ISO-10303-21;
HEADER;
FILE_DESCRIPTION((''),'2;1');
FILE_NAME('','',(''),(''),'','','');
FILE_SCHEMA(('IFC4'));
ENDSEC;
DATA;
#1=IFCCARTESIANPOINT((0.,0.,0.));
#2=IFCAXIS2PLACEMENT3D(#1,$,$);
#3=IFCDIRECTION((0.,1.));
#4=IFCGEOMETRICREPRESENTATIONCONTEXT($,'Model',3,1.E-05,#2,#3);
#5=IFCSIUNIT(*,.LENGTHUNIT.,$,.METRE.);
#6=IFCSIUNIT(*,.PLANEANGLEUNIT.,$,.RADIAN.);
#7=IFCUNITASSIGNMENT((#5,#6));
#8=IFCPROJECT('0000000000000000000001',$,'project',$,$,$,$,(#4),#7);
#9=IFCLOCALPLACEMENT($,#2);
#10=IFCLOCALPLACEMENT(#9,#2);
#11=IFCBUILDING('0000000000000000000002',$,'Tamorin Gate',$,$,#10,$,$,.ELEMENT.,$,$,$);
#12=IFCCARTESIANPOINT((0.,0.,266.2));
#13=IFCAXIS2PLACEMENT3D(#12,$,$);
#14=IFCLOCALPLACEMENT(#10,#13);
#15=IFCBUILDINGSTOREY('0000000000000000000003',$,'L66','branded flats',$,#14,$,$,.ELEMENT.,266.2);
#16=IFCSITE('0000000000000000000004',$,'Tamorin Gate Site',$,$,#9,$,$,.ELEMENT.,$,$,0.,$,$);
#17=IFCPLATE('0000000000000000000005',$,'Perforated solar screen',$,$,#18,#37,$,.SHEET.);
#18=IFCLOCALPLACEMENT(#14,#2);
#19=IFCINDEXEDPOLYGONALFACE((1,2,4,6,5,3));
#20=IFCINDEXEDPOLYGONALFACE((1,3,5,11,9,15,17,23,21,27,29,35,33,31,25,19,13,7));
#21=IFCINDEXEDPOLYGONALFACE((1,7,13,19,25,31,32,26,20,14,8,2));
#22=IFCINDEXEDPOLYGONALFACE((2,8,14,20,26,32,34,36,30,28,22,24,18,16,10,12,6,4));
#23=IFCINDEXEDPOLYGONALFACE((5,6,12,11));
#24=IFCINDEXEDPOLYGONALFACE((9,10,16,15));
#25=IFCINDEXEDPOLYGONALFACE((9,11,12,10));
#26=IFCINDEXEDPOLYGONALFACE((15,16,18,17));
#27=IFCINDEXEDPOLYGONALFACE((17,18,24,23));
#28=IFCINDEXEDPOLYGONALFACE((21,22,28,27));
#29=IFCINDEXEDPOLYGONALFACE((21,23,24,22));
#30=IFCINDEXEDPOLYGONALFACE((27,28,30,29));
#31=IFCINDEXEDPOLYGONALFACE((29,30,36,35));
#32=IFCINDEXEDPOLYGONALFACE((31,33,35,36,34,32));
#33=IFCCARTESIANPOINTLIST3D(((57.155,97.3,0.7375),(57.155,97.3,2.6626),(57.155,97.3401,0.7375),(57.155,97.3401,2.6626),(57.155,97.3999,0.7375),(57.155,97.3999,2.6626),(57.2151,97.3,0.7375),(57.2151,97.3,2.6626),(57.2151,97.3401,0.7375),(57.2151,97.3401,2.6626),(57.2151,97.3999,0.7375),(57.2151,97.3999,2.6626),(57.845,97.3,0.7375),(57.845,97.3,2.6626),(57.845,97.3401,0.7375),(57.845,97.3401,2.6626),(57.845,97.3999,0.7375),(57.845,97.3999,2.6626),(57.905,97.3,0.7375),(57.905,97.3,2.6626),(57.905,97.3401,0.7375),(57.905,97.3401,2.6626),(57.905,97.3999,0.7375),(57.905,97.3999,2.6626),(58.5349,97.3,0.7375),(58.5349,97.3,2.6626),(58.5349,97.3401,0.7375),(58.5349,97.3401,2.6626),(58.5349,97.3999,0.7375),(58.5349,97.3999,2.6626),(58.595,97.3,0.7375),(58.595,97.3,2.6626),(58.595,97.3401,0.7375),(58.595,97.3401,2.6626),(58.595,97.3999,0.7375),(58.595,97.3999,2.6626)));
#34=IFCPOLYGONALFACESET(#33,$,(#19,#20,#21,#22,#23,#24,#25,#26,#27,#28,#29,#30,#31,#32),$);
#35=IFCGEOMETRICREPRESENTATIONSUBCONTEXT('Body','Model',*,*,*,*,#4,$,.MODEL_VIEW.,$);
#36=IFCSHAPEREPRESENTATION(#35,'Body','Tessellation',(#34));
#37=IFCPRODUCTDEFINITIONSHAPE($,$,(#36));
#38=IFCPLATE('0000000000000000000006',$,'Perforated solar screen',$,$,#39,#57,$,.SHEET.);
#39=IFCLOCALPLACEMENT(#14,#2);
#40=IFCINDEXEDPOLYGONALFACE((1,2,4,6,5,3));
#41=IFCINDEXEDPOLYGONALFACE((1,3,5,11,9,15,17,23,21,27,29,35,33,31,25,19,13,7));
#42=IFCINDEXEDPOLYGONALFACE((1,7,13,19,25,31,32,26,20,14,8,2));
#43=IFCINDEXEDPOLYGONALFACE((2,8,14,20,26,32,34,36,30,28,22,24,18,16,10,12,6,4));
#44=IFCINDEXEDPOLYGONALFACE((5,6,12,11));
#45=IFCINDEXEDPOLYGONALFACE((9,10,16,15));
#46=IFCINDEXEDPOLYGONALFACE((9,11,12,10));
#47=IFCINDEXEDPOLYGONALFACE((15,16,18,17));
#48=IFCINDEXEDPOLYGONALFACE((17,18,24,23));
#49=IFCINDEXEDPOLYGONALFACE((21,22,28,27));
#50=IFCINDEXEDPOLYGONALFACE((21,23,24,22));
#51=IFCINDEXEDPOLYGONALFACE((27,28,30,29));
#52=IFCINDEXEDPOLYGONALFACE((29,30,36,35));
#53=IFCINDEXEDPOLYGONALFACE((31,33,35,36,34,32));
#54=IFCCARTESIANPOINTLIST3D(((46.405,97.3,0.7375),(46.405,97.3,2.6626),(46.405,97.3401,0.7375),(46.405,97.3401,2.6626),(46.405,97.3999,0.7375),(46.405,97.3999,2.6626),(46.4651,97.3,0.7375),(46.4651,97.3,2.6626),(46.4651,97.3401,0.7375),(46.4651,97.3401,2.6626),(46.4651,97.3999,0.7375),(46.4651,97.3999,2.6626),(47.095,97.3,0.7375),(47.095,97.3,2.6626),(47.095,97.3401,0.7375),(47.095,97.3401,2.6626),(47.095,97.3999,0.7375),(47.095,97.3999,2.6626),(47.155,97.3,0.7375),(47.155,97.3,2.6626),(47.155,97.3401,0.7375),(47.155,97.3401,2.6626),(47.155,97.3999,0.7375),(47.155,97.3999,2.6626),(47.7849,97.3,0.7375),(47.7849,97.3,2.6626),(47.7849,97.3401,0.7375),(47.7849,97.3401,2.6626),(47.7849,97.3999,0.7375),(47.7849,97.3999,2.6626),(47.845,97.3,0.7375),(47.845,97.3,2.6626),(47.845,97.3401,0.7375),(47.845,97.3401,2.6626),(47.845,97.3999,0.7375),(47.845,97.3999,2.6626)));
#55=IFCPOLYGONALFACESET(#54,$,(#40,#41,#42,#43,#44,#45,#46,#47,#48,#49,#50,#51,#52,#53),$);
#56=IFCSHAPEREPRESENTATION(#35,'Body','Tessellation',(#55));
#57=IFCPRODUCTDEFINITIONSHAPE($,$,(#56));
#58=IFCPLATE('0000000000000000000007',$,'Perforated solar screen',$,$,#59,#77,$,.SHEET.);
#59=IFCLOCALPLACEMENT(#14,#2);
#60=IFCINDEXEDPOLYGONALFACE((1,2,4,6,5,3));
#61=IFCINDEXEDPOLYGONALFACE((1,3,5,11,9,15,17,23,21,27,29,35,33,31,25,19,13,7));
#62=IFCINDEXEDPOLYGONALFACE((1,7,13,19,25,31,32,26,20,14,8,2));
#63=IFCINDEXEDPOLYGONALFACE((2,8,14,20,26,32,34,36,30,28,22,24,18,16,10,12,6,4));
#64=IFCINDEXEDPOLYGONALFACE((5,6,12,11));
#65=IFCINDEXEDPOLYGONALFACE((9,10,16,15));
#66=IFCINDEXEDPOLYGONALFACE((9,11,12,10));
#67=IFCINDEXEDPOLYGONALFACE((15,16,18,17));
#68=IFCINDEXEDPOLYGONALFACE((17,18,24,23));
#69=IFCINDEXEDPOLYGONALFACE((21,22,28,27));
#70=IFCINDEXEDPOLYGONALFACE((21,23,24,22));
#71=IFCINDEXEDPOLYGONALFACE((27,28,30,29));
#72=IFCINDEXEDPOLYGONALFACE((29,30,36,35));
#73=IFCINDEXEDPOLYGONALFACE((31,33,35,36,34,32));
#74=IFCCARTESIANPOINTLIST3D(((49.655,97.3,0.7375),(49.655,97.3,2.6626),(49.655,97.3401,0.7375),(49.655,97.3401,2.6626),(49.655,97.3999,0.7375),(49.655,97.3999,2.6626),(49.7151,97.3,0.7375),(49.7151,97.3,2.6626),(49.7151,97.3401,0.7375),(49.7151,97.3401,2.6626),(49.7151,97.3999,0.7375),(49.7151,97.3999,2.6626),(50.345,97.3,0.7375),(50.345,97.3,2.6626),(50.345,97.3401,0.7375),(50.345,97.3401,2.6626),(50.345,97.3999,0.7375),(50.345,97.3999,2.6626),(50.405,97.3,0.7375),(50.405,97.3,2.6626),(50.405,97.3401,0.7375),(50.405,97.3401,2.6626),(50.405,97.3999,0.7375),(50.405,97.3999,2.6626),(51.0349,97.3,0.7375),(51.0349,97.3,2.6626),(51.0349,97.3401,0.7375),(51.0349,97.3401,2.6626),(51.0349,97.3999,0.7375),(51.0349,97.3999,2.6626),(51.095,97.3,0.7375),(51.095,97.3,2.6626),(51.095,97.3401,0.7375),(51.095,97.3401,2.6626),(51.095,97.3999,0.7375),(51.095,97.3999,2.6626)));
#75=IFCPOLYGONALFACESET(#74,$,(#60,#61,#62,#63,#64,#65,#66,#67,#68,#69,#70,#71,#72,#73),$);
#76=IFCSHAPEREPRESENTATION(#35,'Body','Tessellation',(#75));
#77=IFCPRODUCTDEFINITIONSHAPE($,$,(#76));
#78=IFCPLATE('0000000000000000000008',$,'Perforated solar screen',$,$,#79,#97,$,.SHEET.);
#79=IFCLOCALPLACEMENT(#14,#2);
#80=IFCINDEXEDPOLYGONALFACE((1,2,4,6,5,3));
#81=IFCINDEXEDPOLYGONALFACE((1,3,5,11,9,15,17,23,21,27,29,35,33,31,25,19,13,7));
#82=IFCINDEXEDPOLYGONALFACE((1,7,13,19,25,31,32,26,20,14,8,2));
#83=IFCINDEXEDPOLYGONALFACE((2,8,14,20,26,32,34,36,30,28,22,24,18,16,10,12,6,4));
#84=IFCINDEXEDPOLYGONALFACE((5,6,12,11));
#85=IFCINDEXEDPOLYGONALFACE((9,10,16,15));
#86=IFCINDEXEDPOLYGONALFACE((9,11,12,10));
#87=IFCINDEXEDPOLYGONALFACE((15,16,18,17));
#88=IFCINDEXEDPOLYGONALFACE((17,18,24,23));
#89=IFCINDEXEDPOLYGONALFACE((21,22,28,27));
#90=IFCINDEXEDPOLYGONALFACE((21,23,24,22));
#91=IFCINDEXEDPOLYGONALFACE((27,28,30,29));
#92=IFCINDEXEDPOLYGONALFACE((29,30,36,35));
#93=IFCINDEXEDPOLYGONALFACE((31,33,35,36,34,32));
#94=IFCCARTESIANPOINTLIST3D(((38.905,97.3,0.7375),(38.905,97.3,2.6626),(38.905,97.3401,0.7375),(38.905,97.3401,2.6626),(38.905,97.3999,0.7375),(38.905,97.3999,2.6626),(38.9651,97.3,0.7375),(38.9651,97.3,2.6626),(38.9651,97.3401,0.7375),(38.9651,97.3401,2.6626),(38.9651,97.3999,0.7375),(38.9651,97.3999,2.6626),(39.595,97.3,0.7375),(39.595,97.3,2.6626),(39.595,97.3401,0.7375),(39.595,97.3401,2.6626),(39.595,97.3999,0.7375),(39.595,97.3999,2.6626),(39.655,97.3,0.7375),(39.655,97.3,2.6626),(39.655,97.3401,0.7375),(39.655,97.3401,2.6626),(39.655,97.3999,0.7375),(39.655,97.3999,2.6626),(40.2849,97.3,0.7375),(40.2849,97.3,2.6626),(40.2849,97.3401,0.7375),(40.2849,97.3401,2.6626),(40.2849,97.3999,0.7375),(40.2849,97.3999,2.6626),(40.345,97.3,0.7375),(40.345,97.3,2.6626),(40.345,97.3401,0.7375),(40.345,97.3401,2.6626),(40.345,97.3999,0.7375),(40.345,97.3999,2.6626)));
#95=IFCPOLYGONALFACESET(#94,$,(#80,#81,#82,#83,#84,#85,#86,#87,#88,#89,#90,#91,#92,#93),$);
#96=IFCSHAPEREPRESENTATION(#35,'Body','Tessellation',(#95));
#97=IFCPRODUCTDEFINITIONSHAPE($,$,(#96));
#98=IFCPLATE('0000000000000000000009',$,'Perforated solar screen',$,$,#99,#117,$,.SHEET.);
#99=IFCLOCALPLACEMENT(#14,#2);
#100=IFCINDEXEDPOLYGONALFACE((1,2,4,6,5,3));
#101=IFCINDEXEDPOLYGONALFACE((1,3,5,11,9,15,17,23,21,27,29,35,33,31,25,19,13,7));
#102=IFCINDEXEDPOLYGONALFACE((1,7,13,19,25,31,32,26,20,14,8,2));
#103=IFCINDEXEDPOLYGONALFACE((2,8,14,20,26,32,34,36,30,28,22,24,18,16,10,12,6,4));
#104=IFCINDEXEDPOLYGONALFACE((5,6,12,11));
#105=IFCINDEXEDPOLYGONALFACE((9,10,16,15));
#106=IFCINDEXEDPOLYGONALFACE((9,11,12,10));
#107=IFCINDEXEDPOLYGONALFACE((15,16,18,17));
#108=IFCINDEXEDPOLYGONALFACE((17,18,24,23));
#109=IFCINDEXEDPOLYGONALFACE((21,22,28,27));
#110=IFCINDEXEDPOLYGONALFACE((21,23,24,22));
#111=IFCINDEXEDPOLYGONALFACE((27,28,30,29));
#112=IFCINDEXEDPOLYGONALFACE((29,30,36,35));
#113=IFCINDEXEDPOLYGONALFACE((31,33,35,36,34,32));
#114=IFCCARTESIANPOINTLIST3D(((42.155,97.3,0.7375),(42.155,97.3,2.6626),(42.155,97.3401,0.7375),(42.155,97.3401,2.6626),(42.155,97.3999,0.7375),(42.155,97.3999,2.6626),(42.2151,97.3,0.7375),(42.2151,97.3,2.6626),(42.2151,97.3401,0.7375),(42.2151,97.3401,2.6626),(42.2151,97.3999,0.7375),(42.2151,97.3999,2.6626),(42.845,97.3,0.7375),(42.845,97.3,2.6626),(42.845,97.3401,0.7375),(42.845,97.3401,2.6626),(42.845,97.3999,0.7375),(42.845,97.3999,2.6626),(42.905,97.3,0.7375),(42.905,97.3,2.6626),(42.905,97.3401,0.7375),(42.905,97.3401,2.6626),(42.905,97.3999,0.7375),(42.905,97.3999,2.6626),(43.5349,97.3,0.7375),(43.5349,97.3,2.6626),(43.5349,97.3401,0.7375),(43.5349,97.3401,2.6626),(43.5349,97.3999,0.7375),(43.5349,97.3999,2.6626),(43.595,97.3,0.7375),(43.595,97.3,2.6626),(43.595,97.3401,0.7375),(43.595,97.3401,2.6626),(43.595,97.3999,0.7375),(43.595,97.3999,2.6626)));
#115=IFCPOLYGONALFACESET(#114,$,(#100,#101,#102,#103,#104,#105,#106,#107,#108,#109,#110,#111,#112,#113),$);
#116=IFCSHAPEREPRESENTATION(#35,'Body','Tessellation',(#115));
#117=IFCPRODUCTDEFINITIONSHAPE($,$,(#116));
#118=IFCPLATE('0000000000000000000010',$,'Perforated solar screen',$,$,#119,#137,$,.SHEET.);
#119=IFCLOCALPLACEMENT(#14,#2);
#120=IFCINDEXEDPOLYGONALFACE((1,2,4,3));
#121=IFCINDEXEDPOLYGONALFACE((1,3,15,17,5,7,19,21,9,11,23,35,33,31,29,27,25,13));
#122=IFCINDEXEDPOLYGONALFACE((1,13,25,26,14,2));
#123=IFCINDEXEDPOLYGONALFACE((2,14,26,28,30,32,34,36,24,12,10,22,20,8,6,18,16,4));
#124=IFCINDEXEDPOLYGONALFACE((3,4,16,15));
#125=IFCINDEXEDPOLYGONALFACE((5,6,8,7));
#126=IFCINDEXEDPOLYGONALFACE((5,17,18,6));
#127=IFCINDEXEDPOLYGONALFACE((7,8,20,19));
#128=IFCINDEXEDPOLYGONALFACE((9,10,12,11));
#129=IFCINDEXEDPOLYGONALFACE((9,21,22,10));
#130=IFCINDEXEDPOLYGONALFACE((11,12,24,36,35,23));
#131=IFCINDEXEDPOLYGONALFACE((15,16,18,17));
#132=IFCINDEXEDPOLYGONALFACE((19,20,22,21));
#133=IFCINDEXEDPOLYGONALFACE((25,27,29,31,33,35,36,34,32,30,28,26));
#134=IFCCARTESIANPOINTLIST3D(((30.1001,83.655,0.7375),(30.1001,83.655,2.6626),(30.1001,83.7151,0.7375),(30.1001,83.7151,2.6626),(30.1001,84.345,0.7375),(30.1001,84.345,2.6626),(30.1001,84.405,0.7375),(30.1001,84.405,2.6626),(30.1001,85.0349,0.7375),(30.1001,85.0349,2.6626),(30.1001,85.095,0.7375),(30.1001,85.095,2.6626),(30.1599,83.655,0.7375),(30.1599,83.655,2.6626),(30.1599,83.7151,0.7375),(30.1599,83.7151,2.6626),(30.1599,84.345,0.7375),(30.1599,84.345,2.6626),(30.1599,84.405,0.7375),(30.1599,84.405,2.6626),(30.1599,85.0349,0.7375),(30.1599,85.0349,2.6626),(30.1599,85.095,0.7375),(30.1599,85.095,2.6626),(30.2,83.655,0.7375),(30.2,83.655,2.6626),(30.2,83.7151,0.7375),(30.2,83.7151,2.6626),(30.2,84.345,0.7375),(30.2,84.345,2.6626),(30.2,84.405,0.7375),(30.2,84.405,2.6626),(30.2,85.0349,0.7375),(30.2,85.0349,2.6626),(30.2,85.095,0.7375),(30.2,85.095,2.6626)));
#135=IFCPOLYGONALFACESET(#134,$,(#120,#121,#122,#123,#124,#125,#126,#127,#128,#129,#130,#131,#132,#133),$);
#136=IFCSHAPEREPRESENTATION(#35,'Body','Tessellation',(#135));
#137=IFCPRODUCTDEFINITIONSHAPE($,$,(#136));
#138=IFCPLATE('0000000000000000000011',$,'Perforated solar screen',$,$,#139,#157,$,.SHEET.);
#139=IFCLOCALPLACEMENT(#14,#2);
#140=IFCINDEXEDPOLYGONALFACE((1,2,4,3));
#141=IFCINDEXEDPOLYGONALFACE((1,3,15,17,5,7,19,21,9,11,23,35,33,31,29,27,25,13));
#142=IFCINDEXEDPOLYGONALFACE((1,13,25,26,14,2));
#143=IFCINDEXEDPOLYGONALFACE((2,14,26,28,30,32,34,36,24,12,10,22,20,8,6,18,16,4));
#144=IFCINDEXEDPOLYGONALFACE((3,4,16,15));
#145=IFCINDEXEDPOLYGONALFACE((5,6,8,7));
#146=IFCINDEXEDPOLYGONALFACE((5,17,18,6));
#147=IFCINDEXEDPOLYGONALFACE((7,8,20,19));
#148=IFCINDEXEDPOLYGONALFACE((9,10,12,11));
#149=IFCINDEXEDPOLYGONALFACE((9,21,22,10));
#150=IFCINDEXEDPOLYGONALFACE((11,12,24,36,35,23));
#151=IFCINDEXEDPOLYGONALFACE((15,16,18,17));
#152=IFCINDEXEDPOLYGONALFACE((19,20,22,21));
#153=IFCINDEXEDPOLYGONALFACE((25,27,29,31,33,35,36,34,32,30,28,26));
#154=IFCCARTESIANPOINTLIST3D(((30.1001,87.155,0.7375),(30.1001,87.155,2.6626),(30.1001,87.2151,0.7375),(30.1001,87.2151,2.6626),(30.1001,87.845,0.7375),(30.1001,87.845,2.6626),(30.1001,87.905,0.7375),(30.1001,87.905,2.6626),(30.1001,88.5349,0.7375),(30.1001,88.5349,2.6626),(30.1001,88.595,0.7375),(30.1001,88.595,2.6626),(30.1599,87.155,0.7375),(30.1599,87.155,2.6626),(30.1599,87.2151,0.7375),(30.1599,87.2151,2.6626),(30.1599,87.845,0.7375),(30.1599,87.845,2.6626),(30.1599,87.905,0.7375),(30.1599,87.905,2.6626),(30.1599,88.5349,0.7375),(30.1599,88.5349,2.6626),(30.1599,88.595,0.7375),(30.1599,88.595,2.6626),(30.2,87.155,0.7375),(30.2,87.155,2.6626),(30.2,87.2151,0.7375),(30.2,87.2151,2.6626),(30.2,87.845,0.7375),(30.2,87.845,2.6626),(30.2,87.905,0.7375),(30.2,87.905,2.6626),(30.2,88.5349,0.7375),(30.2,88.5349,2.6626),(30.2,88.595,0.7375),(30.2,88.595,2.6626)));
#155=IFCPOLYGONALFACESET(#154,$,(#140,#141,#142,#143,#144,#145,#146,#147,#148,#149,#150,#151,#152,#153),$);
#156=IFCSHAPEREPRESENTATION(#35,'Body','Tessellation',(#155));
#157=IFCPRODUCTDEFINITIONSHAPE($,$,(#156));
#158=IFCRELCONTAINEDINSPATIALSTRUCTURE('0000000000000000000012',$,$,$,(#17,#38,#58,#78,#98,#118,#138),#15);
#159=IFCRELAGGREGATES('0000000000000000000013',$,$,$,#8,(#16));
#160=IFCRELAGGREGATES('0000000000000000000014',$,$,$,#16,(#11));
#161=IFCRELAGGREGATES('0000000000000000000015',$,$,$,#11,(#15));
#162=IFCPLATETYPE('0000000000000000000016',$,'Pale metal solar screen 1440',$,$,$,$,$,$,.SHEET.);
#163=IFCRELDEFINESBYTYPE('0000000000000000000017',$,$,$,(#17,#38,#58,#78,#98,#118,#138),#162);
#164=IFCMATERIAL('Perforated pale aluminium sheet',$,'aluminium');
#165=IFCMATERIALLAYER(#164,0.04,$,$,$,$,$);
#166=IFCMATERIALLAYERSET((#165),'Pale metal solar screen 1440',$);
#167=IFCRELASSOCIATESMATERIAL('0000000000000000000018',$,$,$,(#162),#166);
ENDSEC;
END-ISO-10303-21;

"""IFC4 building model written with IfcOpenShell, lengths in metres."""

from ifc_helpers import new_model, si_unit, direction, frame, origin, place, context, subcontext, project, spatial, polyline, outline, extrude, material, layer, layer_set, type_object, element, save


model = new_model("IFC4")

# Units and contexts
model_context = context("Model", 3, precision=1e-05, world=origin(), true_north=direction((0.0, 1.0)))
body_context = subcontext(model_context, "Body", "Model", "MODEL_VIEW")
ifc_project = project(units=[si_unit("LENGTHUNIT", "METRE"), si_unit("PLANEANGLEUNIT", "RADIAN")], contexts=[model_context])

# Site, building, storey
site_placement = place(None, origin())
site = spatial("IfcSite", under=ifc_project, at=site_placement, Name="Tamorin Gate Site", CompositionType="ELEMENT", RefElevation=0.0)
building_placement = place(site_placement, origin())
building = spatial("IfcBuilding", under=site, at=building_placement, Name="Tamorin Gate", CompositionType="ELEMENT")
storey_placement = place(building_placement, frame((0.0, 0.0, 266.2)))
storey = spatial("IfcBuildingStorey", under=building, at=storey_placement, Name="L66", Description="branded flats", CompositionType="ELEMENT", Elevation=266.2)

# Plates
ifc_material_1 = material(Name="Perforated pale aluminium sheet", Category="aluminium")
ifc_layer_1 = layer(ifc_material_1, 0.04)
ifc_layer_set_1 = layer_set([ifc_layer_1], Name="Pale metal solar screen 1440")
plate_type = type_object("IfcPlateType", Name="Pale metal solar screen 1440", PredefinedType="SHEET", material=ifc_layer_set_1)
plate_1_placement = place(storey_placement, frame((0.0, 0.0, 0.7375)))
element("IfcPlate", 1, at=plate_1_placement, inside=storey, type_object=plate_type, Name="Perforated solar screen", PredefinedType="SHEET", context=body_context, shape_type="SweptSolid", body=[
    extrude(outline(polyline([(58.595, 97.3401), (58.595, 97.3), (58.5349, 97.3), (57.905, 97.3), (57.845, 97.3), (57.2151, 97.3), (57.155, 97.3), (57.155, 97.3401), (57.155, 97.3999), (57.2151, 97.3999), (57.2151, 97.3401), (57.845, 97.3401), (57.845, 97.3999), (57.905, 97.3999), (57.905, 97.3401), (58.5349, 97.3401), (58.5349, 97.3999), (58.595, 97.3999), (58.595, 97.3401)])), origin(), (0.0, 0.0, 1.0), 1.925),
])
plate_2_placement = place(storey_placement, frame((0.0, 0.0, 0.7375)))
element("IfcPlate", 2, at=plate_2_placement, inside=storey, type_object=plate_type, Name="Perforated solar screen", PredefinedType="SHEET", context=body_context, shape_type="SweptSolid", body=[
    extrude(outline(polyline([(47.845, 97.3401), (47.845, 97.3), (47.7849, 97.3), (47.155, 97.3), (47.095, 97.3), (46.4651, 97.3), (46.405, 97.3), (46.405, 97.3401), (46.405, 97.3999), (46.4651, 97.3999), (46.4651, 97.3401), (47.095, 97.3401), (47.095, 97.3999), (47.155, 97.3999), (47.155, 97.3401), (47.7849, 97.3401), (47.7849, 97.3999), (47.845, 97.3999), (47.845, 97.3401)])), origin(), (0.0, 0.0, 1.0), 1.925),
])
plate_3_placement = place(storey_placement, frame((0.0, 0.0, 0.7375)))
element("IfcPlate", 3, at=plate_3_placement, inside=storey, type_object=plate_type, Name="Perforated solar screen", PredefinedType="SHEET", context=body_context, shape_type="SweptSolid", body=[
    extrude(outline(polyline([(51.095, 97.3401), (51.095, 97.3), (51.0349, 97.3), (50.405, 97.3), (50.345, 97.3), (49.7151, 97.3), (49.655, 97.3), (49.655, 97.3401), (49.655, 97.3999), (49.7151, 97.3999), (49.7151, 97.3401), (50.345, 97.3401), (50.345, 97.3999), (50.405, 97.3999), (50.405, 97.3401), (51.0349, 97.3401), (51.0349, 97.3999), (51.095, 97.3999), (51.095, 97.3401)])), origin(), (0.0, 0.0, 1.0), 1.925),
])
plate_4_placement = place(storey_placement, frame((0.0, 0.0, 0.7375)))
element("IfcPlate", 4, at=plate_4_placement, inside=storey, type_object=plate_type, Name="Perforated solar screen", PredefinedType="SHEET", context=body_context, shape_type="SweptSolid", body=[
    extrude(outline(polyline([(40.345, 97.3401), (40.345, 97.3), (40.2849, 97.3), (39.655, 97.3), (39.595, 97.3), (38.9651, 97.3), (38.905, 97.3), (38.905, 97.3401), (38.905, 97.3999), (38.9651, 97.3999), (38.9651, 97.3401), (39.595, 97.3401), (39.595, 97.3999), (39.655, 97.3999), (39.655, 97.3401), (40.2849, 97.3401), (40.2849, 97.3999), (40.345, 97.3999), (40.345, 97.3401)])), origin(), (0.0, 0.0, 1.0), 1.925),
])
plate_5_placement = place(storey_placement, frame((0.0, 0.0, 0.7375)))
element("IfcPlate", 5, at=plate_5_placement, inside=storey, type_object=plate_type, Name="Perforated solar screen", PredefinedType="SHEET", context=body_context, shape_type="SweptSolid", body=[
    extrude(outline(polyline([(43.595, 97.3401), (43.595, 97.3), (43.5349, 97.3), (42.905, 97.3), (42.845, 97.3), (42.2151, 97.3), (42.155, 97.3), (42.155, 97.3401), (42.155, 97.3999), (42.2151, 97.3999), (42.2151, 97.3401), (42.845, 97.3401), (42.845, 97.3999), (42.905, 97.3999), (42.905, 97.3401), (43.5349, 97.3401), (43.5349, 97.3999), (43.595, 97.3999), (43.595, 97.3401)])), origin(), (0.0, 0.0, 1.0), 1.925),
])
plate_6_placement = place(storey_placement, frame((0.0, 0.0, 0.7375)))
element("IfcPlate", 6, at=plate_6_placement, inside=storey, type_object=plate_type, Name="Perforated solar screen", PredefinedType="SHEET", context=body_context, shape_type="SweptSolid", body=[
    extrude(outline(polyline([(30.1599, 85.095), (30.2, 85.095), (30.2, 85.0349), (30.2, 84.405), (30.2, 84.345), (30.2, 83.7151), (30.2, 83.655), (30.2, 83.655), (30.1599, 83.655), (30.1599, 83.655), (30.1001, 83.655), (30.1001, 83.7151), (30.1599, 83.7151), (30.1599, 84.345), (30.1001, 84.345), (30.1001, 84.405), (30.1599, 84.405), (30.1599, 85.0349), (30.1001, 85.0349), (30.1001, 85.095), (30.1599, 85.095)])), origin(), (0.0, 0.0, 1.0), 1.925),
])
plate_7_placement = place(storey_placement, frame((0.0, 0.0, 0.7375)))
element("IfcPlate", 7, at=plate_7_placement, inside=storey, type_object=plate_type, Name="Perforated solar screen", PredefinedType="SHEET", context=body_context, shape_type="SweptSolid", body=[
    extrude(outline(polyline([(30.1599, 88.595), (30.2, 88.595), (30.2, 88.5349), (30.2, 87.905), (30.2, 87.845), (30.2, 87.2151), (30.2, 87.155), (30.2, 87.155), (30.1599, 87.155), (30.1599, 87.155), (30.1001, 87.155), (30.1001, 87.2151), (30.1599, 87.2151), (30.1599, 87.845), (30.1001, 87.845), (30.1001, 87.905), (30.1599, 87.905), (30.1599, 88.5349), (30.1001, 88.5349), (30.1001, 88.595), (30.1599, 88.595)])), origin(), (0.0, 0.0, 1.0), 1.925),
])

save(model, "model.ifc")
